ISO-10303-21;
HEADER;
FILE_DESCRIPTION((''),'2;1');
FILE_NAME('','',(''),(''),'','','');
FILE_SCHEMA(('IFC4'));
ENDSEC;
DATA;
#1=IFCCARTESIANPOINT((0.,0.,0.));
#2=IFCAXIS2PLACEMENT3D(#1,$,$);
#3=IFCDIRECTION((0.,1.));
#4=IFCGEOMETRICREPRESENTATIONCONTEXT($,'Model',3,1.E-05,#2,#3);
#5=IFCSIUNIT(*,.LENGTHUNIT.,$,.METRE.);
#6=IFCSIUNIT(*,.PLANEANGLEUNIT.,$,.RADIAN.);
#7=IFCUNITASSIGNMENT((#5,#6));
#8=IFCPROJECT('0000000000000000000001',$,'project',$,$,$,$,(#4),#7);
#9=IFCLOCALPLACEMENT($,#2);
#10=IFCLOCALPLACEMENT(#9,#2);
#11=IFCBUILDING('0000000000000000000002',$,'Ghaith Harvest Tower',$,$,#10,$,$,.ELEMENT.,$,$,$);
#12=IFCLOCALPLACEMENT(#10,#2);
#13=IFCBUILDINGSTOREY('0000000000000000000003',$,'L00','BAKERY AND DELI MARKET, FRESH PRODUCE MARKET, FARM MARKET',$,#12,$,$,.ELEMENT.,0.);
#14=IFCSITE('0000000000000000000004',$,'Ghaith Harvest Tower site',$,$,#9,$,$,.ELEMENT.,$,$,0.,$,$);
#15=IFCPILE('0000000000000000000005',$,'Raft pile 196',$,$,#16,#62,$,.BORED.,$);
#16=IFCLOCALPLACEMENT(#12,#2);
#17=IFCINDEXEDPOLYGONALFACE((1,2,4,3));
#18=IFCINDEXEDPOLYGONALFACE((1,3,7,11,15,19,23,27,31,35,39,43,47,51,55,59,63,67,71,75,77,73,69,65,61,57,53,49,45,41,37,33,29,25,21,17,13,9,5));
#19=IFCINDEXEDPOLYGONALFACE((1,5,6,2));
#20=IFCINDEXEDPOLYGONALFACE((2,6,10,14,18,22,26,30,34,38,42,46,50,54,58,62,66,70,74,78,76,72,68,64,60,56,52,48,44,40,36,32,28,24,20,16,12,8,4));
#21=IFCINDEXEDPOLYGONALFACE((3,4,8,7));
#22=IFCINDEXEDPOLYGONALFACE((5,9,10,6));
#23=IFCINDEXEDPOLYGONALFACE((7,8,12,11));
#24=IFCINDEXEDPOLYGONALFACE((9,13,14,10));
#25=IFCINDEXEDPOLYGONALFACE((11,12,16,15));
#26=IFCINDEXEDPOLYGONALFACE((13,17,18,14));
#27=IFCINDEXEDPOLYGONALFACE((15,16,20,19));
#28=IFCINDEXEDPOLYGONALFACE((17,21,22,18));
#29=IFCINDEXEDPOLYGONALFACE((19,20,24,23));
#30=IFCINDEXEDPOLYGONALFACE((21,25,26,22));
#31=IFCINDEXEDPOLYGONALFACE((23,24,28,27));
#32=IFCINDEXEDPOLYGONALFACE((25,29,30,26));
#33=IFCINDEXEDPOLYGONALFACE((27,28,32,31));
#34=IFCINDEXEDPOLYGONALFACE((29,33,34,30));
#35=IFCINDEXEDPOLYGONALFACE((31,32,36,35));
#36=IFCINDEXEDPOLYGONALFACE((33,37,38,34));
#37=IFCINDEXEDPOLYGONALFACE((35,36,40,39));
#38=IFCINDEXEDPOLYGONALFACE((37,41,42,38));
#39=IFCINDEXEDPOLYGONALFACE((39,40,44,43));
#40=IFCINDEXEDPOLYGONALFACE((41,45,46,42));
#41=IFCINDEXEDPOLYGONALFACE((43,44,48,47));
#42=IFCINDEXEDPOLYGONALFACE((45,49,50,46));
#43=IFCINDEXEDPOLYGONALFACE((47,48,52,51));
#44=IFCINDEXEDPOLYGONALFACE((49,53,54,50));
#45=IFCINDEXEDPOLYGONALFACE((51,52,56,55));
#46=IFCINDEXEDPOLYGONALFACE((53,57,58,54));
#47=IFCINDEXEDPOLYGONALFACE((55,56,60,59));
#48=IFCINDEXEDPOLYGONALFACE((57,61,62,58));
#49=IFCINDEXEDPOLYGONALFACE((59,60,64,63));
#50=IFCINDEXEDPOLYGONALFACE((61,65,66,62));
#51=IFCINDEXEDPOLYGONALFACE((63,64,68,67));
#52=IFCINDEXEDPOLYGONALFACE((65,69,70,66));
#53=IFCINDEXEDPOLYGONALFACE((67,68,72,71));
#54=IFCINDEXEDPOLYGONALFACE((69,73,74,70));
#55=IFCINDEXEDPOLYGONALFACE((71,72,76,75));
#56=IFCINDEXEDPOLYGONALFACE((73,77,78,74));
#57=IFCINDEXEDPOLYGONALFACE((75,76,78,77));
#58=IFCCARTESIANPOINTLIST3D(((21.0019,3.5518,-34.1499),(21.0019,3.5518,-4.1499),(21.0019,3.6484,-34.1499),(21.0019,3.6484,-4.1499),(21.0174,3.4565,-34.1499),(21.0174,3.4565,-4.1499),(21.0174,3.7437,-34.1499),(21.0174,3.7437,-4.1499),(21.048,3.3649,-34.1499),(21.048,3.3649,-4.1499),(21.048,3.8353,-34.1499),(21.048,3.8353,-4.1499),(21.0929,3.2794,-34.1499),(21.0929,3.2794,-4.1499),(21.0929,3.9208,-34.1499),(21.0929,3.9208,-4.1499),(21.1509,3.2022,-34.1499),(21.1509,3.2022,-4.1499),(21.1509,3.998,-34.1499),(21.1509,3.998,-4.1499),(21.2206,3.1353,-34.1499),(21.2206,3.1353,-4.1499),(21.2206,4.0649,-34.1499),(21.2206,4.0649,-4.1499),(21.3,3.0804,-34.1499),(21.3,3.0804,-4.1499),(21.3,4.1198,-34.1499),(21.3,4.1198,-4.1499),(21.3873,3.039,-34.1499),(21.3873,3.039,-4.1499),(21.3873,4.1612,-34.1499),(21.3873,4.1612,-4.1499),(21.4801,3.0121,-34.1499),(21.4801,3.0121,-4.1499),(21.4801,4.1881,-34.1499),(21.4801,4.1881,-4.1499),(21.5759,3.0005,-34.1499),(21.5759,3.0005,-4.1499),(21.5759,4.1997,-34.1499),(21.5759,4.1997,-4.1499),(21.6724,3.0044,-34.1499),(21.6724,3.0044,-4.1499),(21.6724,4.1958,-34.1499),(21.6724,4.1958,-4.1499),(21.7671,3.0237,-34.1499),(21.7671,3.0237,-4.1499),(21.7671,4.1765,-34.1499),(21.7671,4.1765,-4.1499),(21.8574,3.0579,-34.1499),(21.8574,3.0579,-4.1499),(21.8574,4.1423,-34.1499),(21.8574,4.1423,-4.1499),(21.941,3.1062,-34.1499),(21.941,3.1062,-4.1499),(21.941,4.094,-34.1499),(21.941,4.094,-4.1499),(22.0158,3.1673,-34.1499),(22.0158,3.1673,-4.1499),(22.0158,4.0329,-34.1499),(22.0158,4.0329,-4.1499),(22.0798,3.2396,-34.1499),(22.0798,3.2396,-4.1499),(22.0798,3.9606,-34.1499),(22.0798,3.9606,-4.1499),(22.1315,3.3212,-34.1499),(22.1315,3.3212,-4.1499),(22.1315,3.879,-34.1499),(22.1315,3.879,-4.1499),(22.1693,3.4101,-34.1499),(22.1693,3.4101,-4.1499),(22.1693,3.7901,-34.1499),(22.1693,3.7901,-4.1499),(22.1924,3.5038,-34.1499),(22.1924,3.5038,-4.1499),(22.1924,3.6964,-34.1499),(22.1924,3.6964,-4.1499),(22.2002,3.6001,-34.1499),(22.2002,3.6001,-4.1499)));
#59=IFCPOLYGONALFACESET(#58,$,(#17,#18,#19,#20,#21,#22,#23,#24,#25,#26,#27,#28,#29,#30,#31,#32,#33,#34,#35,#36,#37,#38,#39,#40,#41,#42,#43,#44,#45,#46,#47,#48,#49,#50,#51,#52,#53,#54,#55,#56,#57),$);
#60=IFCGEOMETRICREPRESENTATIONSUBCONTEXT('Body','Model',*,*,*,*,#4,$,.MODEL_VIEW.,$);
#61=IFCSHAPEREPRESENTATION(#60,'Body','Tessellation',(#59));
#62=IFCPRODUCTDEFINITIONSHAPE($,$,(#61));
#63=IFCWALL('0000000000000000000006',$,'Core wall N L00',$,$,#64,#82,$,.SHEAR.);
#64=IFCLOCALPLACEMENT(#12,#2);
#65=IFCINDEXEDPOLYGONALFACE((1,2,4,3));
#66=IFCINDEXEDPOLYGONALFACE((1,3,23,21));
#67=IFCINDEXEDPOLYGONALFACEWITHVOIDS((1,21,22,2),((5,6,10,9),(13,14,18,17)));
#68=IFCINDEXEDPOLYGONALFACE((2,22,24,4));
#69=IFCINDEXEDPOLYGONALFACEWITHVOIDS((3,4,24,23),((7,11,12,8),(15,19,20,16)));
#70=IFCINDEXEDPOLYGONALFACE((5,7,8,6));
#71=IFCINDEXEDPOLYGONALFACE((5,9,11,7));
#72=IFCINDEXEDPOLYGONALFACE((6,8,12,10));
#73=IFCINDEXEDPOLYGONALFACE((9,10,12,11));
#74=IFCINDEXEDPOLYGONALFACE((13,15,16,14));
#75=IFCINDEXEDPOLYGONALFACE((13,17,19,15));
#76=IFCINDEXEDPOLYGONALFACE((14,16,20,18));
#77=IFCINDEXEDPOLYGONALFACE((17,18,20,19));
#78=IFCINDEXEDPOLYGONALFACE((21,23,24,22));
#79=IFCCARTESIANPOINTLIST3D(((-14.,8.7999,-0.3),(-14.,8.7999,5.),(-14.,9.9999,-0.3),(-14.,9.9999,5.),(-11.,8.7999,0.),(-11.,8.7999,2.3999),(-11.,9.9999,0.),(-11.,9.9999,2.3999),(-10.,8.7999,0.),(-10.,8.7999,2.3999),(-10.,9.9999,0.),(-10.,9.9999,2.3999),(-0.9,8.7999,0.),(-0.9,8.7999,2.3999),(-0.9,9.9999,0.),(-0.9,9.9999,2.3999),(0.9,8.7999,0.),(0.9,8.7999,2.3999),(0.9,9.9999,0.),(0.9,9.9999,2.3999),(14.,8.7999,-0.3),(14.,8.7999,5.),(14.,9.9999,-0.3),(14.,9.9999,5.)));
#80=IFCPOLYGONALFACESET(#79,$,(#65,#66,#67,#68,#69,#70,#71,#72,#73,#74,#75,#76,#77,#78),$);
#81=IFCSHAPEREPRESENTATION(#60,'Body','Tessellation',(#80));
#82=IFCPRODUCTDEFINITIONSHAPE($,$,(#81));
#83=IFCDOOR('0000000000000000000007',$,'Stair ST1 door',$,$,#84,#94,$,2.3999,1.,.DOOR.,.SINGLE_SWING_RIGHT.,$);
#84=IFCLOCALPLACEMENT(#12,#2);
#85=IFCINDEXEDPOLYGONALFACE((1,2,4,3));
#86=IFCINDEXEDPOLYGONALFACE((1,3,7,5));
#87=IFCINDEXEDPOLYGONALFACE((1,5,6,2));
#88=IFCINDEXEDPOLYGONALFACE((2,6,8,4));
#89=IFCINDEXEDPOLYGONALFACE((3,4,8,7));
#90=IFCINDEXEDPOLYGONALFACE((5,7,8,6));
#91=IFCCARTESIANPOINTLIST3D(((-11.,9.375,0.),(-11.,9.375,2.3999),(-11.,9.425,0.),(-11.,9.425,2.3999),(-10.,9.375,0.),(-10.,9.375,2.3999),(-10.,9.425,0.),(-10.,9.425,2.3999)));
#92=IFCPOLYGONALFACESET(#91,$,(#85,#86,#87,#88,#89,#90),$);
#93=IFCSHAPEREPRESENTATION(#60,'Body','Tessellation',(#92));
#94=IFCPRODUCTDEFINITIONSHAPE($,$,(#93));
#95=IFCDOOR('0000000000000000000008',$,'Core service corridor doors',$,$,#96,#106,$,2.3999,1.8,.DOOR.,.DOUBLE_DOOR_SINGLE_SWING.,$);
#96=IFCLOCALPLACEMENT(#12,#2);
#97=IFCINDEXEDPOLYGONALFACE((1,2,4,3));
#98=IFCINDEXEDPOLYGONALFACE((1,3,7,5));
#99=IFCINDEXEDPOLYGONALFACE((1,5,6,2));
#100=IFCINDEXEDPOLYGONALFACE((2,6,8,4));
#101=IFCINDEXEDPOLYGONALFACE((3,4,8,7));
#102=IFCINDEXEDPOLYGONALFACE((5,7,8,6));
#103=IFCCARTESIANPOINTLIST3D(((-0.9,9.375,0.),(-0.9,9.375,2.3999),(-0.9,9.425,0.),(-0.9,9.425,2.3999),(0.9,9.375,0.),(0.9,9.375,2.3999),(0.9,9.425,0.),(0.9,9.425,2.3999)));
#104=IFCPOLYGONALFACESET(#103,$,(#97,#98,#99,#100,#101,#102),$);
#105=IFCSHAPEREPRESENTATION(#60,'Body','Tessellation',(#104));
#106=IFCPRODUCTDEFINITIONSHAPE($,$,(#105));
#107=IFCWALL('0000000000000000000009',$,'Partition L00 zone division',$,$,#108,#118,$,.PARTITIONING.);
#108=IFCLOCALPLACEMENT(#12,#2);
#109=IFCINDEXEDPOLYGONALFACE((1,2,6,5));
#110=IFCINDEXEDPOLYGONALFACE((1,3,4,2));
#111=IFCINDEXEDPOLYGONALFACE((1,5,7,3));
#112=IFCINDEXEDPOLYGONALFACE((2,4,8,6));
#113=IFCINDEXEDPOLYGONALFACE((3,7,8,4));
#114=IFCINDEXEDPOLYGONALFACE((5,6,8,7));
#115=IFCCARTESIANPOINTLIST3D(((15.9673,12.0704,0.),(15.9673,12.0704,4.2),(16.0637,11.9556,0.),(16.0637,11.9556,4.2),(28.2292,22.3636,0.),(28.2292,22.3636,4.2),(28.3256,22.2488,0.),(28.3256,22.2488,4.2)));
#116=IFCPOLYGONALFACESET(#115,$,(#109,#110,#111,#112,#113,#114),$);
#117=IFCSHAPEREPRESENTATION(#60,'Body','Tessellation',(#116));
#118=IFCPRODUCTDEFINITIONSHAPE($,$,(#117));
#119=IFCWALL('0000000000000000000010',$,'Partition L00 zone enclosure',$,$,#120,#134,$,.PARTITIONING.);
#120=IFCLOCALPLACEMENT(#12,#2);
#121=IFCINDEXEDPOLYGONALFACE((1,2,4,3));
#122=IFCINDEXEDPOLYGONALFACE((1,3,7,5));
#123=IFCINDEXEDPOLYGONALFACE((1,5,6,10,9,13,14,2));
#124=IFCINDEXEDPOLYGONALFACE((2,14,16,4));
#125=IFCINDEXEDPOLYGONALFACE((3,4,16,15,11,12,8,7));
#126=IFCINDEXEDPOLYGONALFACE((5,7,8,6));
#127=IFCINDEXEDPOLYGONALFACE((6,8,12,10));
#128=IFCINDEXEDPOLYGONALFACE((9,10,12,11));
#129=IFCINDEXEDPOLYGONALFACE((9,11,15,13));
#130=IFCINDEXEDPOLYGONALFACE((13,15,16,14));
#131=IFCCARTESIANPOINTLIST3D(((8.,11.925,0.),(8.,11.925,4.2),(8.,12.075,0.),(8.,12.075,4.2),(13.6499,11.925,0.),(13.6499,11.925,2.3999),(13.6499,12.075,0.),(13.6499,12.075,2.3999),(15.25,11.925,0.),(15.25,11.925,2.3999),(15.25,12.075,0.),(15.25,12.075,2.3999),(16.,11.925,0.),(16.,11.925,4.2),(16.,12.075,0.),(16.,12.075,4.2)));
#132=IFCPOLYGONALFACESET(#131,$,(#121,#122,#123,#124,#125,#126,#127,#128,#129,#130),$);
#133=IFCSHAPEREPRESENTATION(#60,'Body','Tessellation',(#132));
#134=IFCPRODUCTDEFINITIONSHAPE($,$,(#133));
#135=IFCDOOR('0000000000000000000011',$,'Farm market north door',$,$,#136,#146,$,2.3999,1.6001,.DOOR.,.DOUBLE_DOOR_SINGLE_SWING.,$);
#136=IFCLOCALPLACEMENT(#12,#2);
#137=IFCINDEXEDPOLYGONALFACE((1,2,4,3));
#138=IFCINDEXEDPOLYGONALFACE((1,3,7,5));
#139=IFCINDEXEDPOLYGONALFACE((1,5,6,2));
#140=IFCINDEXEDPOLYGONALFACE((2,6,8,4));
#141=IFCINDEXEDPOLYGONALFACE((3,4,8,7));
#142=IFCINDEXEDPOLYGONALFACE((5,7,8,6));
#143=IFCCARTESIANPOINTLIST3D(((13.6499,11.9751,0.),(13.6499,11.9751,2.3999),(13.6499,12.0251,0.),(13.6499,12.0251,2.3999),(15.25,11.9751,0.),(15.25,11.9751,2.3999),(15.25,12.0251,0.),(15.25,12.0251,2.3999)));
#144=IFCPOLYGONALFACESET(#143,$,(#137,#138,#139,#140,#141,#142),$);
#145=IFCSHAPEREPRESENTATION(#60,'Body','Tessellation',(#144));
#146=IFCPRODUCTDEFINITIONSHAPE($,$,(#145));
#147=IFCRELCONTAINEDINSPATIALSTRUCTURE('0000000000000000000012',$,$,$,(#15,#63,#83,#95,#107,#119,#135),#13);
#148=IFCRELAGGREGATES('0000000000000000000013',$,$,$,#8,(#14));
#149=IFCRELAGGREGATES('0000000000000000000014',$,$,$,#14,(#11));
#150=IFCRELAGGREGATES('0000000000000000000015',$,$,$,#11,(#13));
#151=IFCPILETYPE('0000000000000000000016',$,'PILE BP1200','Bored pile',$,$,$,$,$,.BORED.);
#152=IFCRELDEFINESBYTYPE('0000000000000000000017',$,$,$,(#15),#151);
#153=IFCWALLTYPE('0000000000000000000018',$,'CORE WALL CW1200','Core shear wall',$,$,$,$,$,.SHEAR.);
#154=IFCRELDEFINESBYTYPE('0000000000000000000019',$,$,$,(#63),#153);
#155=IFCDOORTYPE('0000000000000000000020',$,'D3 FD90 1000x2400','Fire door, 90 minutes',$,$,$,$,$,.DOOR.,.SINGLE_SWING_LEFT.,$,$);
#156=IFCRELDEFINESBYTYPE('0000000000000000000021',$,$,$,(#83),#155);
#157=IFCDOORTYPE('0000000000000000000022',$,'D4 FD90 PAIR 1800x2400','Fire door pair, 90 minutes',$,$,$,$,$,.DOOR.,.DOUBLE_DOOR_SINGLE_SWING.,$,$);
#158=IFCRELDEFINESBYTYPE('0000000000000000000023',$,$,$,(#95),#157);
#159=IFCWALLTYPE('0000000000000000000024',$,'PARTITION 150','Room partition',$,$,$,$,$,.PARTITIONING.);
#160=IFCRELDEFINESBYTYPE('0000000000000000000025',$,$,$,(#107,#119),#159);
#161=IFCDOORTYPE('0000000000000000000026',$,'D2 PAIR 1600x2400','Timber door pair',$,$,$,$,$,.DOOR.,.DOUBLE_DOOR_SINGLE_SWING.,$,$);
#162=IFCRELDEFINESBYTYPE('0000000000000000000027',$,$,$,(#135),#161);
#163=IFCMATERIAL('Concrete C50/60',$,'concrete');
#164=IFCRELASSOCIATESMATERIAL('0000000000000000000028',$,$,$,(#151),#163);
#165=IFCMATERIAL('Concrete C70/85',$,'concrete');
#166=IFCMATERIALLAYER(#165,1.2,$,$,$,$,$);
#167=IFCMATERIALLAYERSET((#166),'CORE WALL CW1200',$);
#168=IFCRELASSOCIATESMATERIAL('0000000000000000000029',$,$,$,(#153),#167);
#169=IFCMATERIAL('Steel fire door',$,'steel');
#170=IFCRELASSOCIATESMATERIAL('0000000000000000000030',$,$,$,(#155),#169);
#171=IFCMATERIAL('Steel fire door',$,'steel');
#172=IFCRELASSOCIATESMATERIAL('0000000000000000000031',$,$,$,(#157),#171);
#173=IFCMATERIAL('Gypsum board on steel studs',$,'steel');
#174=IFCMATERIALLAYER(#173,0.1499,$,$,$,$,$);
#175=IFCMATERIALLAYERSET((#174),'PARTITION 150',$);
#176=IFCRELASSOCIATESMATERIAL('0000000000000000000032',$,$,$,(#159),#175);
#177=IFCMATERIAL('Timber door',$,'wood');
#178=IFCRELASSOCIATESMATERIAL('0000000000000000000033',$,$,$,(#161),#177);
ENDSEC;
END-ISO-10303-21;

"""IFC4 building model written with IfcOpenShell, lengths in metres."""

from ifc_helpers import new_model, si_unit, direction, frame, frame_2d, origin, origin_2d, place, context, subcontext, project, spatial, rectangle, circle, extrude, material, layer, layer_set, material_profile, profile_set, type_object, element, fill, save


model = new_model("IFC4")

# Units and contexts
model_context = context("Model", 3, precision=1e-05, world=origin(), true_north=direction((0.0, 1.0)))
body_context = subcontext(model_context, "Body", "Model", "MODEL_VIEW")
ifc_project = project(units=[si_unit("LENGTHUNIT", "METRE"), si_unit("PLANEANGLEUNIT", "RADIAN")], contexts=[model_context])

# Site, building, storey
site_placement = place(None, origin())
site = spatial("IfcSite", under=ifc_project, at=site_placement, Name="Ghaith Harvest Tower site", CompositionType="ELEMENT", RefElevation=0.0)
building_placement = place(site_placement, origin())
building = spatial("IfcBuilding", under=site, at=building_placement, Name="Ghaith Harvest Tower", CompositionType="ELEMENT")
storey_placement = place(building_placement, origin())
storey = spatial("IfcBuildingStorey", under=building, at=storey_placement, Name="L00", Description="BAKERY AND DELI MARKET, FRESH PRODUCE MARKET, FARM MARKET", CompositionType="ELEMENT", Elevation=0.0)

# Pile
ifc_material_1 = material(Name="Concrete C50/60", Category="concrete")
ifc_material_profile = material_profile(ifc_material_1, circle(Radius=0.6001, at=origin_2d()), Name="PILE1200")
ifc_profile_set = profile_set([ifc_material_profile], Name="Concrete C50/60")
pile_type = type_object("IfcPileType", Name="PILE BP1200", Description="Bored pile", PredefinedType="BORED", material=ifc_profile_set)
for number, where, z_axis, x_axis, name in (
    (1, (21.6001, 3.6001, -4.1499), (0.0, 0.0, -1.0), (1.0, 0.0, 0.0), "Raft pile 196"),
):
    element("IfcPile", number, at=place(storey_placement, frame(where, z_axis=z_axis, x_axis=x_axis)), inside=storey, type_object=pile_type, Name=name, PredefinedType="BORED", context=body_context, shape_type="SweptSolid", body=[
        extrude(circle(Radius=0.6001, at=origin_2d()), origin(), (0.0, 0.0, 1.0), 30.0),
    ])

# Wall, openings, doors
ifc_material_2 = material(Name="Concrete C70/85", Category="concrete")
ifc_layer_1 = layer(ifc_material_2, 1.2)
ifc_layer_set_1 = layer_set([ifc_layer_1], Name="CORE WALL CW1200")
wall_type_1 = type_object("IfcWallType", Name="CORE WALL CW1200", Description="Core shear wall", PredefinedType="SHEAR", material=ifc_layer_set_1)
wall_1_placement = place(storey_placement, frame((14.0, 9.3999, -0.3), z_axis=(0.0, 0.0, 1.0), x_axis=(-1.0, 0.0, 0.0)))
wall_1 = element("IfcWall", 2, at=wall_1_placement, inside=storey, type_object=wall_type_1, Name="Core wall N L00", PredefinedType="SHEAR", context=body_context, shape_type="SweptSolid", body=[
    extrude(rectangle(XDim=28.0, YDim=1.2, at=frame_2d((14.0, 0.0))), origin(), (0.0, 0.0, 1.0), 5.3),
])
opening_1_placement = place(wall_1_placement, frame((24.0, 0.0, 0.3)))
opening_1 = element("IfcOpeningElement", 3, at=opening_1_placement, cuts=wall_1, PredefinedType="OPENING", context=body_context, shape_type="SweptSolid", body=[
    extrude(rectangle(XDim=1.0, YDim=2.3999, at=frame_2d((0.5, 1.2))), frame((0.0, 0.6099, 0.0), z_axis=(0.0, -1.0, 0.0), x_axis=(1.0, 0.0, 0.0)), (0.0, 0.0, 1.0), 1.22),
])
opening_2_placement = place(wall_1_placement, frame((13.1001, 0.0, 0.3)))
opening_2 = element("IfcOpeningElement", 4, at=opening_2_placement, cuts=wall_1, PredefinedType="OPENING", context=body_context, shape_type="SweptSolid", body=[
    extrude(rectangle(XDim=1.8, YDim=2.3999, at=frame_2d((0.8999, 1.2))), frame((0.0, 0.6099, 0.0), z_axis=(0.0, -1.0, 0.0), x_axis=(1.0, 0.0, 0.0)), (0.0, 0.0, 1.0), 1.22),
])
ifc_material_3 = material(Name="Steel fire door", Category="steel")
door_type_1 = type_object("IfcDoorType", Name="D3 FD90 1000x2400", Description="Fire door, 90 minutes", OperationType="SINGLE_SWING_LEFT", PredefinedType="DOOR", material=ifc_material_3)
door_1_placement = place(opening_1_placement, origin())
door_1 = element("IfcDoor", 5, at=door_1_placement, inside=storey, type_object=door_type_1, Name="Stair ST1 door", OperationType="SINGLE_SWING_RIGHT", OverallHeight=2.3999, OverallWidth=1.0, PredefinedType="DOOR", context=body_context, shape_type="SweptSolid", body=[
    extrude(rectangle(XDim=1.0, YDim=2.3999, at=frame_2d((0.5, 1.2))), frame((0.0, 0.0249, 0.0), z_axis=(0.0, -1.0, 0.0), x_axis=(1.0, 0.0, 0.0)), (0.0, 0.0, 1.0), 0.05),
])
fill(opening_1, door_1)
ifc_material_4 = material(Name="Steel fire door", Category="steel")
door_type_2 = type_object("IfcDoorType", Name="D4 FD90 PAIR 1800x2400", Description="Fire door pair, 90 minutes", OperationType="DOUBLE_DOOR_SINGLE_SWING", PredefinedType="DOOR", material=ifc_material_4)
door_2_placement = place(opening_2_placement, origin())
door_2 = element("IfcDoor", 6, at=door_2_placement, inside=storey, type_object=door_type_2, Name="Core service corridor doors", OperationType="DOUBLE_DOOR_SINGLE_SWING", OverallHeight=2.3999, OverallWidth=1.8, PredefinedType="DOOR", context=body_context, shape_type="SweptSolid", body=[
    extrude(rectangle(XDim=1.8, YDim=2.3999, at=frame_2d((0.8999, 1.2))), frame((0.0, 0.0249, 0.0), z_axis=(0.0, -1.0, 0.0), x_axis=(1.0, 0.0, 0.0)), (0.0, 0.0, 1.0), 0.05),
])
fill(opening_2, door_2)

# Wall
ifc_material_5 = material(Name="Gypsum board on steel studs", Category="steel")
ifc_layer_2 = layer(ifc_material_5, 0.1499)
ifc_layer_set_2 = layer_set([ifc_layer_2], Name="PARTITION 150")
wall_type_2 = type_object("IfcWallType", Name="PARTITION 150", Description="Room partition", PredefinedType="PARTITIONING", material=ifc_layer_set_2)
wall_2_placement = place(storey_placement, frame((16.0154, 12.0129, 0.0), z_axis=(0.0, 0.0, 1.0), x_axis=(0.765915, 0.642942, 0.0)))
element("IfcWall", 7, at=wall_2_placement, inside=storey, type_object=wall_type_2, Name="Partition L00 zone division", PredefinedType="PARTITIONING", context=body_context, shape_type="SweptSolid", body=[
    extrude(rectangle(XDim=16.0095, YDim=0.1499, at=frame_2d((8.0049, 0.0))), origin(), (0.0, 0.0, 1.0), 4.2),
])

# Wall, opening, door
wall_3_placement = place(storey_placement, frame((16.0, 12.0, 0.0), z_axis=(0.0, 0.0, 1.0), x_axis=(-1.0, 0.0, 0.0)))
wall_3 = element("IfcWall", 8, at=wall_3_placement, inside=storey, type_object=wall_type_2, Name="Partition L00 zone enclosure", PredefinedType="PARTITIONING", context=body_context, shape_type="SweptSolid", body=[
    extrude(rectangle(XDim=8.0, YDim=0.1499, at=frame_2d((4.0, 0.0))), origin(), (0.0, 0.0, 1.0), 4.2),
])
opening_3_placement = place(wall_3_placement, frame((0.75, 0.0, 0.0)))
opening_3 = element("IfcOpeningElement", 9, at=opening_3_placement, cuts=wall_3, PredefinedType="OPENING", context=body_context, shape_type="SweptSolid", body=[
    extrude(rectangle(XDim=1.6001, YDim=2.3999, at=frame_2d((0.8, 1.2))), frame((0.0, 0.085, 0.0), z_axis=(0.0, -1.0, 0.0), x_axis=(1.0, 0.0, 0.0)), (0.0, 0.0, 1.0), 0.1699),
])
ifc_material_6 = material(Name="Timber door", Category="wood")
door_type_3 = type_object("IfcDoorType", Name="D2 PAIR 1600x2400", Description="Timber door pair", OperationType="DOUBLE_DOOR_SINGLE_SWING", PredefinedType="DOOR", material=ifc_material_6)
door_3_placement = place(opening_3_placement, origin())
door_3 = element("IfcDoor", 10, at=door_3_placement, inside=storey, type_object=door_type_3, Name="Farm market north door", OperationType="DOUBLE_DOOR_SINGLE_SWING", OverallHeight=2.3999, OverallWidth=1.6001, PredefinedType="DOOR", context=body_context, shape_type="SweptSolid", body=[
    extrude(rectangle(XDim=1.6001, YDim=2.3999, at=frame_2d((0.8, 1.2))), frame((0.0, 0.0249, 0.0), z_axis=(0.0, -1.0, 0.0), x_axis=(1.0, 0.0, 0.0)), (0.0, 0.0, 1.0), 0.05),
])
fill(opening_3, door_3)

save(model, "model.ifc")
